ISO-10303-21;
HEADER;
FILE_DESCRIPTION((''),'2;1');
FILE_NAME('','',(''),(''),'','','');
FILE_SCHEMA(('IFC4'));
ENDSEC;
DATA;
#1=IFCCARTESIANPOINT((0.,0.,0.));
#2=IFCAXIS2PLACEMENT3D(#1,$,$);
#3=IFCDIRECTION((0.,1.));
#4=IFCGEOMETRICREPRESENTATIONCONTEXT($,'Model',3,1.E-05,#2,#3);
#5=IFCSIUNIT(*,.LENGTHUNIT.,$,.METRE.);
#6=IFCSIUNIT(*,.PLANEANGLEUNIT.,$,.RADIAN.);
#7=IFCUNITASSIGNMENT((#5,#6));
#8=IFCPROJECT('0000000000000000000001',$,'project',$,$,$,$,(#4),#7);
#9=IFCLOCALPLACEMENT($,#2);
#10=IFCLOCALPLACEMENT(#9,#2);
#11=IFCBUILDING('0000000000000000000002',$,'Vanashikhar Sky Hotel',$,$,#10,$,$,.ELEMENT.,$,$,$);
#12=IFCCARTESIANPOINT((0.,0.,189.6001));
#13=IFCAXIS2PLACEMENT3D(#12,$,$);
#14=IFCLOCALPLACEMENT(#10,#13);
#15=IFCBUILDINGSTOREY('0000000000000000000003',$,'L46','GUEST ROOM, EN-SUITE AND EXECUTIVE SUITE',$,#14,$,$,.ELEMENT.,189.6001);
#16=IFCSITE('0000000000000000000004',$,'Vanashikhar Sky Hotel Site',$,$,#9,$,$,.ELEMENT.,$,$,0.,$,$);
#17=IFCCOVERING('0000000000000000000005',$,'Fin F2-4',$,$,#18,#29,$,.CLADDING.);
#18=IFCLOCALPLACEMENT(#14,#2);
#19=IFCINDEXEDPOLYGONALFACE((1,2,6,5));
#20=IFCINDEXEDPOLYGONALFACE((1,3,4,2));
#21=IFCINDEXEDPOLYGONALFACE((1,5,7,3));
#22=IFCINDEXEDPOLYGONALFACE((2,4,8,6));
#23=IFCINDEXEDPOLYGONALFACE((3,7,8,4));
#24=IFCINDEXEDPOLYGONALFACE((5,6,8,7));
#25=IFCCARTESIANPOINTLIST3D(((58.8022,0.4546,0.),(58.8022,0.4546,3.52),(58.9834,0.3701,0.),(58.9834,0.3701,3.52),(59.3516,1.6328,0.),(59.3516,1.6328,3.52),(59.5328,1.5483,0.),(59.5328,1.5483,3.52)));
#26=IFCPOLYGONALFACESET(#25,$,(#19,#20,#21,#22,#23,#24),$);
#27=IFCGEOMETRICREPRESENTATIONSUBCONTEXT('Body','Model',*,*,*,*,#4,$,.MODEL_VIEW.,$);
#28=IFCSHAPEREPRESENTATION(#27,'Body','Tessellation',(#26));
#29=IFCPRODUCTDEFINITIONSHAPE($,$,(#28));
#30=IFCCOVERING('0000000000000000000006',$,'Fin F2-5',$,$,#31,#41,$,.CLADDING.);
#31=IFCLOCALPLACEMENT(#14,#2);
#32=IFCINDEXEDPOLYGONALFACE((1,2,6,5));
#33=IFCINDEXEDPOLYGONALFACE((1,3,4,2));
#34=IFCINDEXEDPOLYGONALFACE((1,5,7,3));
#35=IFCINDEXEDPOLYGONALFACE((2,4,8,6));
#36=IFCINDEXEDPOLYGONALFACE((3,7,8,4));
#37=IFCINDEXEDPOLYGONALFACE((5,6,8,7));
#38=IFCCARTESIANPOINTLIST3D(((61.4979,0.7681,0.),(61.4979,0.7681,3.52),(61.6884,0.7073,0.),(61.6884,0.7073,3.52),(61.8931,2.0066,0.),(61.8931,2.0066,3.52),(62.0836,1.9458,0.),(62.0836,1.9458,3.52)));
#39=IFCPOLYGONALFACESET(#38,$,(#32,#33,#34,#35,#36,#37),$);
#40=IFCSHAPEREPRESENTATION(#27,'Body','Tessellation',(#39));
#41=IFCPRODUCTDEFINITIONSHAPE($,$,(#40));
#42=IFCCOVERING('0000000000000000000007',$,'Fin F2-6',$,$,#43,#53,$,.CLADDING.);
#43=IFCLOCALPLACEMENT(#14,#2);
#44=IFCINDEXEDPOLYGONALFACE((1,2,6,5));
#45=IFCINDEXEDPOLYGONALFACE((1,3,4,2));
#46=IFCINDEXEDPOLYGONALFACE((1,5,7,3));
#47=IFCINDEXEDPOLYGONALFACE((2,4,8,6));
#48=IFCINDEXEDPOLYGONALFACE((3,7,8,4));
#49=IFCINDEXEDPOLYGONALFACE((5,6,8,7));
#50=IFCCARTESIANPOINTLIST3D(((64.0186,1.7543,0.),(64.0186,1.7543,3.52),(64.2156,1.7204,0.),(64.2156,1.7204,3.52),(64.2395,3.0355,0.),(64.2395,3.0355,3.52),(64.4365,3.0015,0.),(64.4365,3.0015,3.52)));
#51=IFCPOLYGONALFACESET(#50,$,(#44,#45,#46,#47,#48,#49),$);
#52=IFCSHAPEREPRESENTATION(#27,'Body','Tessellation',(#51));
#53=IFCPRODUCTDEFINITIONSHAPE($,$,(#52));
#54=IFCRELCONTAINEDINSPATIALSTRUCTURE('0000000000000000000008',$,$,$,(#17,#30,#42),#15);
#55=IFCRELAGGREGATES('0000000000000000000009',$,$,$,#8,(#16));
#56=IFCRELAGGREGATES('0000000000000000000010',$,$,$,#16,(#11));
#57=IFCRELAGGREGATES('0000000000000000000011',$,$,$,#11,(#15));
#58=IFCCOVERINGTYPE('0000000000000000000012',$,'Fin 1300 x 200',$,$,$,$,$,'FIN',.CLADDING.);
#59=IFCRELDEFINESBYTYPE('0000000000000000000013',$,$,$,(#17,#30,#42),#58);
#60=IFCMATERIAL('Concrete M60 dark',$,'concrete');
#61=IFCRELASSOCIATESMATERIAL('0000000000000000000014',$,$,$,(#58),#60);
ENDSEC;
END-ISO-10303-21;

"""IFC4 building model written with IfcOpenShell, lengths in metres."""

from ifc_helpers import new_model, si_unit, direction, frame, origin, origin_2d, place, context, subcontext, project, spatial, rectangle, extrude, source, transform, mapped, material, material_profile, profile_set, type_object, element, save


model = new_model("IFC4")

# Units and contexts
model_context = context("Model", 3, precision=1e-05, world=origin(), true_north=direction((0.0, 1.0)))
body_context = subcontext(model_context, "Body", "Model", "MODEL_VIEW")
ifc_project = project(units=[si_unit("LENGTHUNIT", "METRE"), si_unit("PLANEANGLEUNIT", "RADIAN")], contexts=[model_context])

# Site, building, storey
site_placement = place(None, origin())
site = spatial("IfcSite", under=ifc_project, at=site_placement, Name="Vanashikhar Sky Hotel Site", CompositionType="ELEMENT", RefElevation=0.0)
building_placement = place(site_placement, origin())
building = spatial("IfcBuilding", under=site, at=building_placement, Name="Vanashikhar Sky Hotel", CompositionType="ELEMENT")
storey_placement = place(building_placement, frame((0.0, 0.0, 189.6001)))
storey = spatial("IfcBuildingStorey", under=building, at=storey_placement, Name="L46", Description="GUEST ROOM, EN-SUITE AND EXECUTIVE SUITE", CompositionType="ELEMENT", Elevation=189.6001)

# Coverings
ifc_material_1 = material(Name="Concrete M60 dark", Category="concrete")
ifc_material_profile = material_profile(ifc_material_1, rectangle(XDim=1.3, YDim=0.2, at=origin_2d()))
ifc_profile_set = profile_set([ifc_material_profile], Name="Fin 1300 x 200")
covering_type_1 = type_object("IfcCoveringType", Name="Fin 1300 x 200", ElementType="FIN", PredefinedType="CLADDING", material=ifc_profile_set)
shared_shape_1 = source(origin(), body_context, "Body", "SweptSolid", [
    extrude(rectangle(XDim=1.3, YDim=0.2, at=origin_2d()), origin(), (0.0, 0.0, 1.0), 3.52),
])
for number, where, z_axis, x_axis, name in (
    (1, (59.1675, 1.0015, 0.0), (0.0, 0.0, 1.0), (-0.422618, -0.906308, 0.0), "Fin F2-4"),
    (2, (61.7908, 1.3569, 0.0), (0.0, 0.0, 1.0), (-0.303967, -0.952683, 0.0), "Fin F2-5"),
    (3, (64.2275, 2.3779, 0.0), (0.0, 0.0, 1.0), (-0.1699, -0.985461, 0.0), "Fin F2-6"),
):
    element("IfcCovering", number, at=place(storey_placement, frame(where, z_axis=z_axis, x_axis=x_axis)), inside=storey, type_object=covering_type_1, Name=name, PredefinedType="CLADDING", context=body_context, shape_type="MappedRepresentation", body=[
        mapped(shared_shape_1, transform((0.0, 0.0, 0.0), scale=1.0)),
    ])

save(model, "model.ifc")
